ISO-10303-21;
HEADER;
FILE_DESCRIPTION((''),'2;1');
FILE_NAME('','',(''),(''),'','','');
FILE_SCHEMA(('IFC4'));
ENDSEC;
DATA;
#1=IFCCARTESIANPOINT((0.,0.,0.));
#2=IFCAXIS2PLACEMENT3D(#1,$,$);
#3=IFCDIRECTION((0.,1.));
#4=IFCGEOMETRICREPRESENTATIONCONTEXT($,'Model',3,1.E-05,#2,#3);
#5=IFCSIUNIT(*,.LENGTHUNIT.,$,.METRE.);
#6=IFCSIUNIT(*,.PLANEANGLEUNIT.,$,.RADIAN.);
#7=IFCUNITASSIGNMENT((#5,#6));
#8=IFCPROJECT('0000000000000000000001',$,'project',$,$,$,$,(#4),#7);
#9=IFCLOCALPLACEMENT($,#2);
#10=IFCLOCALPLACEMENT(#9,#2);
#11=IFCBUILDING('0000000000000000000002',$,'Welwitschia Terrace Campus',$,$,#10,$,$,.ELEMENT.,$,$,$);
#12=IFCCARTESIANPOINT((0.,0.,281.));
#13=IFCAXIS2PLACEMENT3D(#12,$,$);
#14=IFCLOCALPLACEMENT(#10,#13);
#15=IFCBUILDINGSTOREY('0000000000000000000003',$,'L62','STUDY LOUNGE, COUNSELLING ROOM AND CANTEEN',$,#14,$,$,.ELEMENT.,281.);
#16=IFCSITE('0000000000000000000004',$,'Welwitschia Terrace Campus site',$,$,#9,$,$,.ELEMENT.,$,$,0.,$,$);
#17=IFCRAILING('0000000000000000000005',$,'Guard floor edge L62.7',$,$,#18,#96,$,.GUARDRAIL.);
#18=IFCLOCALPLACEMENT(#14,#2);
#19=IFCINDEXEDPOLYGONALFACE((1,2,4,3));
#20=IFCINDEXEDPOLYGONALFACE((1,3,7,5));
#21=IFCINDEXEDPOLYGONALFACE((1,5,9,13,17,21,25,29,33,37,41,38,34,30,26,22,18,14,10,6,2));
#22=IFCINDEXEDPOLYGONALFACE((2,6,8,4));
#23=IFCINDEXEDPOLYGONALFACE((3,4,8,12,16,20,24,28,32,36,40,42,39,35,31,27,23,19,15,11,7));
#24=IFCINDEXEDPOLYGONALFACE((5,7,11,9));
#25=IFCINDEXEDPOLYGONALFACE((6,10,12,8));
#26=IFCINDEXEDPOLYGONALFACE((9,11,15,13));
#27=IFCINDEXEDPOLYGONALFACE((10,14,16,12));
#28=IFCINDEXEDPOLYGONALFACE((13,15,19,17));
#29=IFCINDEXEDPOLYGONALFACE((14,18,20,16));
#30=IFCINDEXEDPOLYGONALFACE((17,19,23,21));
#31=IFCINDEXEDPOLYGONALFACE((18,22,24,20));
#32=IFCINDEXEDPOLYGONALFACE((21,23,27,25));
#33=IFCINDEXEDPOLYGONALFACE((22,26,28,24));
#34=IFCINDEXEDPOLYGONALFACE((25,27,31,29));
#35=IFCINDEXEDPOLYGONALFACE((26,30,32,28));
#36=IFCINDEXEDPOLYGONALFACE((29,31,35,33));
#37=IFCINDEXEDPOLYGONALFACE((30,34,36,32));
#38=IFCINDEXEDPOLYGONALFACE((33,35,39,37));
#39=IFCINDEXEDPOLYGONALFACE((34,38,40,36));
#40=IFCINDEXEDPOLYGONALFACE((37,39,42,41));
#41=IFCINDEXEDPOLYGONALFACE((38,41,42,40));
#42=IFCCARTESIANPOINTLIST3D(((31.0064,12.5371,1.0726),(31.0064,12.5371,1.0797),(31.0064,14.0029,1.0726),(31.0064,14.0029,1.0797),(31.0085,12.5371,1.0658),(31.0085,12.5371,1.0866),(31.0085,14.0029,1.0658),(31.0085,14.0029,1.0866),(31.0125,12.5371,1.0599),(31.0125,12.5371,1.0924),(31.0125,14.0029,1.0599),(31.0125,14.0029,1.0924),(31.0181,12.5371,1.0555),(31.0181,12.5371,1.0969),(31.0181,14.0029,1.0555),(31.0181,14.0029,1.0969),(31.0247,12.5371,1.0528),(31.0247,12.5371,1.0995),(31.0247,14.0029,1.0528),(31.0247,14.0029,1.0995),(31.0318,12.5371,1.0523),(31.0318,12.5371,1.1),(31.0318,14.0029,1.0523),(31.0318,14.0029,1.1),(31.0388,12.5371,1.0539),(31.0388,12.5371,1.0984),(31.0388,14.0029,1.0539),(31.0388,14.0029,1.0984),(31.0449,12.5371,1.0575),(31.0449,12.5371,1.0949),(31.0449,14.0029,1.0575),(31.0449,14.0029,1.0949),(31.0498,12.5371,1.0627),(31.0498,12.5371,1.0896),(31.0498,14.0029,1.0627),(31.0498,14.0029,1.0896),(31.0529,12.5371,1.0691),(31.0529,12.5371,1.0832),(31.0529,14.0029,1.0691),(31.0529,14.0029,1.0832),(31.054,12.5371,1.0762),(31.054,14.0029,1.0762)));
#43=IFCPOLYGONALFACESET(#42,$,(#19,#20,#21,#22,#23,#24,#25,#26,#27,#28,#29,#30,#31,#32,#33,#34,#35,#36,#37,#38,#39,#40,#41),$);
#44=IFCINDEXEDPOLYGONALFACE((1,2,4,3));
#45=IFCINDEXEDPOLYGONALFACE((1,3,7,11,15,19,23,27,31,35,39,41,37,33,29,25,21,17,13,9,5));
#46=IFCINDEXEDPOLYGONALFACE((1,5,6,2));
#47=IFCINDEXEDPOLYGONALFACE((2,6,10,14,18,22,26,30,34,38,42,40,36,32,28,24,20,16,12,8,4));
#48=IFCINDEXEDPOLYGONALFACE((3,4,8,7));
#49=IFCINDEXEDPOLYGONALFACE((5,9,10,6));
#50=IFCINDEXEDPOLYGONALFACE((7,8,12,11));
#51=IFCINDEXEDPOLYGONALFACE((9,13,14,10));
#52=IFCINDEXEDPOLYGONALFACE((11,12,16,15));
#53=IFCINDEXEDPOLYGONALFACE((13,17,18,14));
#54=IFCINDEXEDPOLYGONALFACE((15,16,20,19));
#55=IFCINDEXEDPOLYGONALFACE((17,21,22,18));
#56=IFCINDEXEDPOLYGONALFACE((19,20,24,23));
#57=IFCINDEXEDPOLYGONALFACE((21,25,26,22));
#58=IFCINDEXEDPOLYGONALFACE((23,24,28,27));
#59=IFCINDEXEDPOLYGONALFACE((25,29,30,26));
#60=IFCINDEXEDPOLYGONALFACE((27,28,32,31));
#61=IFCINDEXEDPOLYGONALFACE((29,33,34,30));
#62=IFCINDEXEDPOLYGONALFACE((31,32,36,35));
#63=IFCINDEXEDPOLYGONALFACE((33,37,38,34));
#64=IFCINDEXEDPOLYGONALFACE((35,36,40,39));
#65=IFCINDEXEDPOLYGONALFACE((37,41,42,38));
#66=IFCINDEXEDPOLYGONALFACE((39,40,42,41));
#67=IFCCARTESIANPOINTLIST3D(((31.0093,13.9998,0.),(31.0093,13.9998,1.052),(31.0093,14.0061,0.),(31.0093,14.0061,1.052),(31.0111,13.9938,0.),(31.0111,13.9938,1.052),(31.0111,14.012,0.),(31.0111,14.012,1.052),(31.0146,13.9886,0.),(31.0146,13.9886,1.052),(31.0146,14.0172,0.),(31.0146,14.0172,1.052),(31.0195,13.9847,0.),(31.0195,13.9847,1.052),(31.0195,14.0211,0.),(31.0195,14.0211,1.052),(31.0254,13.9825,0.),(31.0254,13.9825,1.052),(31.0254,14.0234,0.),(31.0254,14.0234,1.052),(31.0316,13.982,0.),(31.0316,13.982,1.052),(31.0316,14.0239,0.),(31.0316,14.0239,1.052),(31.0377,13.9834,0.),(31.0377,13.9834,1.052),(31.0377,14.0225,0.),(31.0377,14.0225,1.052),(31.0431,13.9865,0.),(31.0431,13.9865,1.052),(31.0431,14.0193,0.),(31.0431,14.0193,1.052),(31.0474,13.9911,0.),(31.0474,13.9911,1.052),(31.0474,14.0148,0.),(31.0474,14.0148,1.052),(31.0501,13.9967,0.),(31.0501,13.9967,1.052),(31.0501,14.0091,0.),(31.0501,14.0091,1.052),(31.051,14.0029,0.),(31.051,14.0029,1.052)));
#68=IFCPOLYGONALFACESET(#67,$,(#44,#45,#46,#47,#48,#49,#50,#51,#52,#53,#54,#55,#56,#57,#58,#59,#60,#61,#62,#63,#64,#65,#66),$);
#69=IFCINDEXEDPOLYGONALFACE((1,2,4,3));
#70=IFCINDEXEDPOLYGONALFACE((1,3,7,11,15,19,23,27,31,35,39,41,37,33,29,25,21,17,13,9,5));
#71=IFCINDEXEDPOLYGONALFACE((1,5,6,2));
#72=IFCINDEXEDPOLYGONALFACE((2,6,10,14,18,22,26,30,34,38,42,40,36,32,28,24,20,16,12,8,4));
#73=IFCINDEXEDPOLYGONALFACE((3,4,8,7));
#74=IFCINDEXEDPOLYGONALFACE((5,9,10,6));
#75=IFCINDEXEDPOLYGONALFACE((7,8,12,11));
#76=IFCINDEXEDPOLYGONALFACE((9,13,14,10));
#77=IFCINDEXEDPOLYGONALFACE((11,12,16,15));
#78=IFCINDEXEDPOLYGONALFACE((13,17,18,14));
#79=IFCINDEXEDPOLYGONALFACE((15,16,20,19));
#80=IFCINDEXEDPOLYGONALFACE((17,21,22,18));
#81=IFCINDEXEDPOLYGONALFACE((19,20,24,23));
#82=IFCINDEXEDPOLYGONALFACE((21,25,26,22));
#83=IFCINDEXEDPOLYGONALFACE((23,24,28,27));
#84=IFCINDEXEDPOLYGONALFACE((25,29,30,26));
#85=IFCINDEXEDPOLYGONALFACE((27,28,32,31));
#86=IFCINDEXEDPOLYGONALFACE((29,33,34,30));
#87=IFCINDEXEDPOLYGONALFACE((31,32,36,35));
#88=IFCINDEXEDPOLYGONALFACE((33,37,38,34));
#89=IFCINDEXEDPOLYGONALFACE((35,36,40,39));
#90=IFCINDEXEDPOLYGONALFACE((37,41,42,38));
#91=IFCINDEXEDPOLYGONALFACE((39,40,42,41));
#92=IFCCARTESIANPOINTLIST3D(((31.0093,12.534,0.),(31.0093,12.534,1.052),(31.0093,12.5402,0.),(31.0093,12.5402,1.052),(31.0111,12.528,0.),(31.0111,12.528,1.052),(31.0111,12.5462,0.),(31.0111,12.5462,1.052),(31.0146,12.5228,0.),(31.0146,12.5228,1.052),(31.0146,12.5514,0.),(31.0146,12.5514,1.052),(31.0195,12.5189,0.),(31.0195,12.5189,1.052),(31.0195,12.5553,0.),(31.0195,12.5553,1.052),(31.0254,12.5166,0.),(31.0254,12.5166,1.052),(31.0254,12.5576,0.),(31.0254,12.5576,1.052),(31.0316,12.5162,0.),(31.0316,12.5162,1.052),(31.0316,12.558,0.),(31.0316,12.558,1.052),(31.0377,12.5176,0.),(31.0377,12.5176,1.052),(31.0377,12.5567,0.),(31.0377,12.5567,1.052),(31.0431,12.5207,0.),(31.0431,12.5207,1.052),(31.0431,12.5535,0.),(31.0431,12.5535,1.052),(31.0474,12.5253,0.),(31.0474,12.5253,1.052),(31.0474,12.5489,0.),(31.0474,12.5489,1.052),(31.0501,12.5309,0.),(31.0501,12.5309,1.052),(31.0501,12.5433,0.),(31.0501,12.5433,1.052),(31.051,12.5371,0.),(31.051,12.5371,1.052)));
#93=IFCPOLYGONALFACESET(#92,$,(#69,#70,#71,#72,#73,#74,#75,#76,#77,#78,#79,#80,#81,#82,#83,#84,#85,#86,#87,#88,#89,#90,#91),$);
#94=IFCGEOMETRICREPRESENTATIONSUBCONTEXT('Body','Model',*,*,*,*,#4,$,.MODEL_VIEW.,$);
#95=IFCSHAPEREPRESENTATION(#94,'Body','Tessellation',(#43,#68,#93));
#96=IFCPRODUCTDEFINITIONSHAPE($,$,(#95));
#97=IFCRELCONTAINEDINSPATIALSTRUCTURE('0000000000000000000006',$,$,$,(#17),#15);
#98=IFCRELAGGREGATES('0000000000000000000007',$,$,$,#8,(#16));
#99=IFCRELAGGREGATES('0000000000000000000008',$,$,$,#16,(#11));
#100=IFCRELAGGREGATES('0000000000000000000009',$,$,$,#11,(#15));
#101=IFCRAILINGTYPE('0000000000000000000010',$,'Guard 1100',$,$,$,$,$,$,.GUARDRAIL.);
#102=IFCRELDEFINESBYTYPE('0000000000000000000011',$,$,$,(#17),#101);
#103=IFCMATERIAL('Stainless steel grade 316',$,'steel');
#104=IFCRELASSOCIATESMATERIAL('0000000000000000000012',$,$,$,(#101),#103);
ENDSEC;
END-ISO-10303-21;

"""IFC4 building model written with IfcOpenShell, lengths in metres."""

from ifc_helpers import new_model, si_unit, direction, frame, origin, origin_2d, place, context, subcontext, project, spatial, circle, extrude, material, type_object, element, save


model = new_model("IFC4")

# Units and contexts
model_context = context("Model", 3, precision=1e-05, world=origin(), true_north=direction((0.0, 1.0)))
body_context = subcontext(model_context, "Body", "Model", "MODEL_VIEW")
ifc_project = project(units=[si_unit("LENGTHUNIT", "METRE"), si_unit("PLANEANGLEUNIT", "RADIAN")], contexts=[model_context])

# Site, building, storey
site_placement = place(None, origin())
site = spatial("IfcSite", under=ifc_project, at=site_placement, Name="Welwitschia Terrace Campus site", CompositionType="ELEMENT", RefElevation=0.0)
building_placement = place(site_placement, origin())
building = spatial("IfcBuilding", under=site, at=building_placement, Name="Welwitschia Terrace Campus", CompositionType="ELEMENT")
storey_placement = place(building_placement, frame((0.0, 0.0, 281.0)))
storey = spatial("IfcBuildingStorey", under=building, at=storey_placement, Name="L62", Description="STUDY LOUNGE, COUNSELLING ROOM AND CANTEEN", CompositionType="ELEMENT", Elevation=281.0)

# Railing
ifc_material_1 = material(Name="Stainless steel grade 316", Category="steel")
railing_type = type_object("IfcRailingType", Name="Guard 1100", PredefinedType="GUARDRAIL", material=ifc_material_1)
railing_1_placement = place(storey_placement, frame((31.03, 14.0029, 0.0)))
element("IfcRailing", 1, at=railing_1_placement, inside=storey, type_object=railing_type, Name="Guard floor edge L62.7", PredefinedType="GUARDRAIL", context=body_context, shape_type="SweptSolid", body=[
    extrude(circle(Radius=0.0239, at=origin_2d()), frame((0.0, 0.0, 1.0762), z_axis=(0.0, -1.0, 0.0), x_axis=(1.0, 0.0, 0.0)), (0.0, 0.0, 1.0), 1.4658),
    extrude(circle(Radius=0.021, at=origin_2d()), origin(), (0.0, 0.0, 1.0), 1.052),
    extrude(circle(Radius=0.021, at=origin_2d()), frame((0.0, -1.4658, 0.0)), (0.0, 0.0, 1.0), 1.052),
])

save(model, "model.ifc")
